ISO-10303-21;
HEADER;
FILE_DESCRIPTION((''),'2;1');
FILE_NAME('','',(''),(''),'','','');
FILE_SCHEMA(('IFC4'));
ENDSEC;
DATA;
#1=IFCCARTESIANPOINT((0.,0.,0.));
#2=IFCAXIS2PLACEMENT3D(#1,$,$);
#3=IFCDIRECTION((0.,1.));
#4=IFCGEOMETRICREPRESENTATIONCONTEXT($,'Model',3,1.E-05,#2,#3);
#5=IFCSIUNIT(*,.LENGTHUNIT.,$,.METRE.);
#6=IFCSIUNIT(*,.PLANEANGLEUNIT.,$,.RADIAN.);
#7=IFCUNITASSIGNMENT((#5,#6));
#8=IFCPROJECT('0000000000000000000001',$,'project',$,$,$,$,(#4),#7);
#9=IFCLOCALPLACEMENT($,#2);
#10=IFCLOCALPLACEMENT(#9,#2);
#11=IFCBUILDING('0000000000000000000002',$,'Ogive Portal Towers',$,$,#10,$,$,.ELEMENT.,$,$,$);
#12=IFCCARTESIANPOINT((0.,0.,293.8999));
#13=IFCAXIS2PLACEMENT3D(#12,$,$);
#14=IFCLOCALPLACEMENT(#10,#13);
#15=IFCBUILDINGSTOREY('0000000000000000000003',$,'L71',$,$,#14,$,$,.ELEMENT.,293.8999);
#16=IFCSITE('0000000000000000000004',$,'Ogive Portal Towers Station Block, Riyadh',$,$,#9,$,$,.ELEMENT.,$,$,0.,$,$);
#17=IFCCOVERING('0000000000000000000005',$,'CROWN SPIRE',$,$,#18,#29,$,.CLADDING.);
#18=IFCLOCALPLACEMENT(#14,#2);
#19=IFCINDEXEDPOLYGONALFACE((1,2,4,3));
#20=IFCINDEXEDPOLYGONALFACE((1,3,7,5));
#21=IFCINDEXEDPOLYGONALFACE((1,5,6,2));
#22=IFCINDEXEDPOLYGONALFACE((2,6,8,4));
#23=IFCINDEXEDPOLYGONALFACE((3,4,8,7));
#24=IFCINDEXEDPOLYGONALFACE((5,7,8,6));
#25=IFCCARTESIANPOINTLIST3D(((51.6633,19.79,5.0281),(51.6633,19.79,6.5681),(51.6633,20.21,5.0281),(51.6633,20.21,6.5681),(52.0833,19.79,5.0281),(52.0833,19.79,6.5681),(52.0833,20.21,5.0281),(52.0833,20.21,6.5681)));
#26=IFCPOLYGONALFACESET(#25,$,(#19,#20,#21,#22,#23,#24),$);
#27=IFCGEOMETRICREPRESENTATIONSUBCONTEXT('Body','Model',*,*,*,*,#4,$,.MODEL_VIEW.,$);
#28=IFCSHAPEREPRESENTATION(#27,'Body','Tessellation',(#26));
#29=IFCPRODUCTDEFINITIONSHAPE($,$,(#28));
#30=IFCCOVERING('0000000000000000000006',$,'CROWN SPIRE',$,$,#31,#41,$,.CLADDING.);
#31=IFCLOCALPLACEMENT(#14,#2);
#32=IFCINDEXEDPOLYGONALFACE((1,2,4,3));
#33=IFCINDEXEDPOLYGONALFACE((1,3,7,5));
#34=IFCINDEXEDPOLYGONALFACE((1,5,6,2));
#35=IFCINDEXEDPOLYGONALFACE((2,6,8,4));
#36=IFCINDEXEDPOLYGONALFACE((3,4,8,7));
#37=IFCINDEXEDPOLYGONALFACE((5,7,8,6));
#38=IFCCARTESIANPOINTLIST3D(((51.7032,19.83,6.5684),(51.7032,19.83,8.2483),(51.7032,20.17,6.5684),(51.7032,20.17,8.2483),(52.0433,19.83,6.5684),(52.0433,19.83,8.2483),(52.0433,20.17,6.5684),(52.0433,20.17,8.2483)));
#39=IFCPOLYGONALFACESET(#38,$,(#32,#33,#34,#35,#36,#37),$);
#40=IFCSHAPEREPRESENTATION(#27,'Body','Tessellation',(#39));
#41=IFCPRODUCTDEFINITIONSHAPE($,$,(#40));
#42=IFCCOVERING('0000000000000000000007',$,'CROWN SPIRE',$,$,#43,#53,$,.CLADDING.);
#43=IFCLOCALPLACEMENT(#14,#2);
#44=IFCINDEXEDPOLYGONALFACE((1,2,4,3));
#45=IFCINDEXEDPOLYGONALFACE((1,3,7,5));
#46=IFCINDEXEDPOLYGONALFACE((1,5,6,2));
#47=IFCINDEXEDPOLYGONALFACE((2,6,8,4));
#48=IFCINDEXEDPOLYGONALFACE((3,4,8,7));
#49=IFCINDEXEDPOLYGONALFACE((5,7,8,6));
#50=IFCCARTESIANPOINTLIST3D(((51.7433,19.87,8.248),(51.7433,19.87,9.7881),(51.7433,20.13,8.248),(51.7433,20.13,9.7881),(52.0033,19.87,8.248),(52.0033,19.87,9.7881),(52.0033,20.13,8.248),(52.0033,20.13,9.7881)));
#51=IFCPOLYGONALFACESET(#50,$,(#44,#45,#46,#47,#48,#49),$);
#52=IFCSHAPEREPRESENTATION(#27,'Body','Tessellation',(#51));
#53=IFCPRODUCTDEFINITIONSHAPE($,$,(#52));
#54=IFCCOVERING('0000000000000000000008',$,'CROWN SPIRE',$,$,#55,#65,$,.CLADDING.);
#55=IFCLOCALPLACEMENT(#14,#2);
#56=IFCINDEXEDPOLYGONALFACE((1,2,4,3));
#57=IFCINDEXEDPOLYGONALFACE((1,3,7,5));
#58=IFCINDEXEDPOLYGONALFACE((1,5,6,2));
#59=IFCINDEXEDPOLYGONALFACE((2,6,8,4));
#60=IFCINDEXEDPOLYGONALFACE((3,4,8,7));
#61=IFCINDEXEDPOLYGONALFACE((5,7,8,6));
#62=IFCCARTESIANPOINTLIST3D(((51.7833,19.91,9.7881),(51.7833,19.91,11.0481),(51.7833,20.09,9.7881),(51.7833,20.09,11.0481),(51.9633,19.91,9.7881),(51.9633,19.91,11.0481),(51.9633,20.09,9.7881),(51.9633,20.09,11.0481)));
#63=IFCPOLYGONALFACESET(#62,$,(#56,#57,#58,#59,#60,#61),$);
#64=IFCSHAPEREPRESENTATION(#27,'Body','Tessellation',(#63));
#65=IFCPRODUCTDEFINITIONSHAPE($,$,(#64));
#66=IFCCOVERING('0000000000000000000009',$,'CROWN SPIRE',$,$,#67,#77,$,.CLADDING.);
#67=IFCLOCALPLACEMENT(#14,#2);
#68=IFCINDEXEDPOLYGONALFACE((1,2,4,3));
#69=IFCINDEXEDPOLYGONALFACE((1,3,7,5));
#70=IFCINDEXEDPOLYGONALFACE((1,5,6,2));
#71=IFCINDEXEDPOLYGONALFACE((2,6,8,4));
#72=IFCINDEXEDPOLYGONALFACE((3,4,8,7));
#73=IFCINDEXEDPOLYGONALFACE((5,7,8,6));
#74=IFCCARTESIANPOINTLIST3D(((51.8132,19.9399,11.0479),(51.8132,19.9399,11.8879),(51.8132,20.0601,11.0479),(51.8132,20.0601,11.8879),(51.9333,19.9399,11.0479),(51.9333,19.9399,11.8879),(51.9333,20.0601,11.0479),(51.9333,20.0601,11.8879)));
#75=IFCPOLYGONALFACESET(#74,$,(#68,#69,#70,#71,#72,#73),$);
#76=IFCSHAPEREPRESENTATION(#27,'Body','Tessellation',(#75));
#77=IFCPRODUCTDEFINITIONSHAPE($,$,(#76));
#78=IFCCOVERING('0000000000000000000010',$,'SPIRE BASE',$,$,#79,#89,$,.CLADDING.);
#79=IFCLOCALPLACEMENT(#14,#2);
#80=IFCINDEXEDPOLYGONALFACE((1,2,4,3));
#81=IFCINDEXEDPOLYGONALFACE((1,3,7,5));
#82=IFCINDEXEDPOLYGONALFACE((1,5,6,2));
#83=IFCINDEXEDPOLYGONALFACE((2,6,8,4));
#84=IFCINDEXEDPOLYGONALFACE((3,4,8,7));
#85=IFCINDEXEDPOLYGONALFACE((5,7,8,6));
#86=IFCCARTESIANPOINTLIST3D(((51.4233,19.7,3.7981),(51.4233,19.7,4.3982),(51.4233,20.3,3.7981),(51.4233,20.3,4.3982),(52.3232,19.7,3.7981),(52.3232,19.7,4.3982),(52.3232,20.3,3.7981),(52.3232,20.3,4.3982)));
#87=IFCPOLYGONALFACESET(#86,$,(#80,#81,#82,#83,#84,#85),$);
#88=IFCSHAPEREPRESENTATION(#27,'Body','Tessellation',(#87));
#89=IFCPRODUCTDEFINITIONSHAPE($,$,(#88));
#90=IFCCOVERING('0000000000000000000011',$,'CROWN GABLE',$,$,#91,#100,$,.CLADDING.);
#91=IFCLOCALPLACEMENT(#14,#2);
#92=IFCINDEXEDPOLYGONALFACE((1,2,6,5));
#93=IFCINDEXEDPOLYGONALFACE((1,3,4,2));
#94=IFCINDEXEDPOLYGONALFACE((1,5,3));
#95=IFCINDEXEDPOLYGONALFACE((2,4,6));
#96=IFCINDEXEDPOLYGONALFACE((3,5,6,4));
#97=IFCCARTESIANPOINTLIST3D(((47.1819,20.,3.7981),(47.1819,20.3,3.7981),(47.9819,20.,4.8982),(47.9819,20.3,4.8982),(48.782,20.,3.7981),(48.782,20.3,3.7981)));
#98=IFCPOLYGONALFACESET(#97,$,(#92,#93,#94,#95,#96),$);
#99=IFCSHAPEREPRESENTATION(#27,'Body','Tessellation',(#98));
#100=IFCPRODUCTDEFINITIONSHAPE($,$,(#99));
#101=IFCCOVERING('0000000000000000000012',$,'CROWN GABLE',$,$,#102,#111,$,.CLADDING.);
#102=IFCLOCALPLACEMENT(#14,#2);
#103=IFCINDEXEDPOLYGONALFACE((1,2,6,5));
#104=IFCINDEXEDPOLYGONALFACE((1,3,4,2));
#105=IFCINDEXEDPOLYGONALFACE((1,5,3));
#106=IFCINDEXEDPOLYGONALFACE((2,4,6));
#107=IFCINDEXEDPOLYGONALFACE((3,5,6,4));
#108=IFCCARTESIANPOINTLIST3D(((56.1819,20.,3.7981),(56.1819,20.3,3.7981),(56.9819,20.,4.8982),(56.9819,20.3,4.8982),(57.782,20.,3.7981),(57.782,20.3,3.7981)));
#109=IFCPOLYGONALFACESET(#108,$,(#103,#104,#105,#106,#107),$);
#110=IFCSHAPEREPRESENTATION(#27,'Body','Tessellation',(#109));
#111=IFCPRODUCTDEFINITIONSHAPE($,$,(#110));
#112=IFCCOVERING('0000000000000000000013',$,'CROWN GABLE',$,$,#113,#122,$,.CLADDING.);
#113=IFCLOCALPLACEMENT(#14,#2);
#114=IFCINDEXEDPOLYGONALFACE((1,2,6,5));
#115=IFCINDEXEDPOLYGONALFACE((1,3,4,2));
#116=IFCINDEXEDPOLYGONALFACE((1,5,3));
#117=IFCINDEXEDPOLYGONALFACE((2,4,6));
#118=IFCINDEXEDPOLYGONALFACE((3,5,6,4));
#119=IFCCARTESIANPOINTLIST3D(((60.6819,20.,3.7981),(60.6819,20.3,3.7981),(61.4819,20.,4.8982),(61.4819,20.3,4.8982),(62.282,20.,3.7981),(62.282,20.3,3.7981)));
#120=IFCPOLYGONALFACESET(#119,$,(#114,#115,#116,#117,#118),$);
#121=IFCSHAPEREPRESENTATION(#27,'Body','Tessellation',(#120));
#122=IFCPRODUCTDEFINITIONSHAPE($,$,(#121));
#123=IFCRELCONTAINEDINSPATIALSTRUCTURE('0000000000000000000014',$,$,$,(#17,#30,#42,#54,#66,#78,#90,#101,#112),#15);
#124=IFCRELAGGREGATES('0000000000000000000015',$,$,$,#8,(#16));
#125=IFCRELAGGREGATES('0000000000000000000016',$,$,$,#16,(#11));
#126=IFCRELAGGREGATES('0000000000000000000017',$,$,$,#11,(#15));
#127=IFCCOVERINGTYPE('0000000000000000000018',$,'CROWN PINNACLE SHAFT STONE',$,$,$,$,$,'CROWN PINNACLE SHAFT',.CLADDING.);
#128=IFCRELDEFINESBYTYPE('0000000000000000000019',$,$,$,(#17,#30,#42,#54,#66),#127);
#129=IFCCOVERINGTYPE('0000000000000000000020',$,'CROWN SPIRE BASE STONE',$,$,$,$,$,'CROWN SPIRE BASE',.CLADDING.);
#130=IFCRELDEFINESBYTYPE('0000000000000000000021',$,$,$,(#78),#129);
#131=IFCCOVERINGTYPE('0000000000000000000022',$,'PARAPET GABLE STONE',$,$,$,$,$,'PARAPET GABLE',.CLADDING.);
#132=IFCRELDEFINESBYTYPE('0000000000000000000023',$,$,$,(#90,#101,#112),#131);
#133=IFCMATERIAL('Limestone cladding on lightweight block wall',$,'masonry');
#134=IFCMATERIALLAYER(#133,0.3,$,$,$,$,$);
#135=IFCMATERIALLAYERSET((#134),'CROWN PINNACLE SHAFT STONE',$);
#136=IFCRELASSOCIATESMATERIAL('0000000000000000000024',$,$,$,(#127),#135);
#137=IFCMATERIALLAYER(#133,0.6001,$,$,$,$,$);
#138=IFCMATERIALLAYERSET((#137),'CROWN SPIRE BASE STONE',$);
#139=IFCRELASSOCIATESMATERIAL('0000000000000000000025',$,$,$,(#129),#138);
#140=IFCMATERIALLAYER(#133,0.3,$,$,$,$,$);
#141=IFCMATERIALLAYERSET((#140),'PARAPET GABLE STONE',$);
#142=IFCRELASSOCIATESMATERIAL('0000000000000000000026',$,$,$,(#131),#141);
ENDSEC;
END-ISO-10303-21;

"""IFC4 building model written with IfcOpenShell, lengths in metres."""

from ifc_helpers import new_model, si_unit, direction, frame, origin, origin_2d, place, context, subcontext, project, spatial, polyline, rectangle, outline, extrude, material, layer, layer_set, type_object, element, save


model = new_model("IFC4")

# Units and contexts
model_context = context("Model", 3, precision=1e-05, world=origin(), true_north=direction((0.0, 1.0)))
body_context = subcontext(model_context, "Body", "Model", "MODEL_VIEW")
ifc_project = project(units=[si_unit("LENGTHUNIT", "METRE"), si_unit("PLANEANGLEUNIT", "RADIAN")], contexts=[model_context])

# Site, building, storey
site_placement = place(None, origin())
site = spatial("IfcSite", under=ifc_project, at=site_placement, Name="Ogive Portal Towers Station Block, Riyadh", CompositionType="ELEMENT", RefElevation=0.0)
building_placement = place(site_placement, origin())
building = spatial("IfcBuilding", under=site, at=building_placement, Name="Ogive Portal Towers", CompositionType="ELEMENT")
storey_placement = place(building_placement, frame((0.0, 0.0, 293.8999)))
storey = spatial("IfcBuildingStorey", under=building, at=storey_placement, Name="L71", CompositionType="ELEMENT", Elevation=293.8999)

# Shared definitions
ifc_material_1 = material(Name="Limestone cladding on lightweight block wall", Category="masonry")

# Coverings
ifc_layer_1 = layer(ifc_material_1, 0.3)
ifc_layer_set_1 = layer_set([ifc_layer_1], Name="CROWN PINNACLE SHAFT STONE")
covering_type_1 = type_object("IfcCoveringType", Name="CROWN PINNACLE SHAFT STONE", ElementType="CROWN PINNACLE SHAFT", PredefinedType="CLADDING", material=ifc_layer_set_1)
covering_1_placement = place(storey_placement, frame((51.8733, 20.0, 5.0281), z_axis=(0.0, 0.0, 1.0), x_axis=(1.0, 0.0, 0.0)))
element("IfcCovering", 1, at=covering_1_placement, inside=storey, type_object=covering_type_1, Name="CROWN SPIRE", PredefinedType="CLADDING", context=body_context, shape_type="SweptSolid", body=[
    extrude(rectangle(XDim=0.4199, YDim=0.4199, at=origin_2d()), origin(), (0.0, 0.0, 1.0), 1.54),
])
covering_2_placement = place(storey_placement, frame((51.8733, 20.0, 6.5684), z_axis=(0.0, 0.0, 1.0), x_axis=(1.0, 0.0, 0.0)))
element("IfcCovering", 2, at=covering_2_placement, inside=storey, type_object=covering_type_1, Name="CROWN SPIRE", PredefinedType="CLADDING", context=body_context, shape_type="SweptSolid", body=[
    extrude(rectangle(XDim=0.3401, YDim=0.3401, at=origin_2d()), origin(), (0.0, 0.0, 1.0), 1.6799),
])
covering_3_placement = place(storey_placement, frame((51.8733, 20.0, 8.248), z_axis=(0.0, 0.0, 1.0), x_axis=(1.0, 0.0, 0.0)))
element("IfcCovering", 3, at=covering_3_placement, inside=storey, type_object=covering_type_1, Name="CROWN SPIRE", PredefinedType="CLADDING", context=body_context, shape_type="SweptSolid", body=[
    extrude(rectangle(XDim=0.26, YDim=0.26, at=origin_2d()), origin(), (0.0, 0.0, 1.0), 1.54),
])
covering_4_placement = place(storey_placement, frame((51.8733, 20.0, 9.7881), z_axis=(0.0, 0.0, 1.0), x_axis=(1.0, 0.0, 0.0)))
element("IfcCovering", 4, at=covering_4_placement, inside=storey, type_object=covering_type_1, Name="CROWN SPIRE", PredefinedType="CLADDING", context=body_context, shape_type="SweptSolid", body=[
    extrude(rectangle(XDim=0.1799, YDim=0.1799, at=origin_2d()), origin(), (0.0, 0.0, 1.0), 1.26),
])
covering_5_placement = place(storey_placement, frame((51.8733, 20.0, 11.0479), z_axis=(0.0, 0.0, 1.0), x_axis=(1.0, 0.0, 0.0)))
element("IfcCovering", 5, at=covering_5_placement, inside=storey, type_object=covering_type_1, Name="CROWN SPIRE", PredefinedType="CLADDING", context=body_context, shape_type="SweptSolid", body=[
    extrude(rectangle(XDim=0.1201, YDim=0.1201, at=origin_2d()), origin(), (0.0, 0.0, 1.0), 0.8401),
])
ifc_layer_2 = layer(ifc_material_1, 0.6001)
ifc_layer_set_2 = layer_set([ifc_layer_2], Name="CROWN SPIRE BASE STONE")
covering_type_2 = type_object("IfcCoveringType", Name="CROWN SPIRE BASE STONE", ElementType="CROWN SPIRE BASE", PredefinedType="CLADDING", material=ifc_layer_set_2)
covering_6_placement = place(storey_placement, frame((51.8733, 20.0, 3.7981), z_axis=(0.0, 0.0, 1.0), x_axis=(1.0, 0.0, 0.0)))
element("IfcCovering", 6, at=covering_6_placement, inside=storey, type_object=covering_type_2, Name="SPIRE BASE", PredefinedType="CLADDING", context=body_context, shape_type="SweptSolid", body=[
    extrude(rectangle(XDim=0.8999, YDim=0.6001, at=origin_2d()), origin(), (0.0, 0.0, 1.0), 0.6001),
])
ifc_layer_3 = layer(ifc_material_1, 0.3)
ifc_layer_set_3 = layer_set([ifc_layer_3], Name="PARAPET GABLE STONE")
covering_type_3 = type_object("IfcCoveringType", Name="PARAPET GABLE STONE", ElementType="PARAPET GABLE", PredefinedType="CLADDING", material=ifc_layer_set_3)
for number, where, z_axis, x_axis, name in (
    (7, (47.1819, 20.0, 3.7981), (0.0, -1.0, 0.0), (1.0, 0.0, 0.0), "CROWN GABLE"),
    (8, (56.1819, 20.0, 3.7981), (0.0, -1.0, 0.0), (1.0, 0.0, 0.0), "CROWN GABLE"),
    (9, (60.6819, 20.0, 3.7981), (0.0, -1.0, 0.0), (1.0, 0.0, 0.0), "CROWN GABLE"),
):
    element("IfcCovering", number, at=place(storey_placement, frame(where, z_axis=z_axis, x_axis=x_axis)), inside=storey, type_object=covering_type_3, Name=name, PredefinedType="CLADDING", context=body_context, shape_type="SweptSolid", body=[
        extrude(outline(polyline([(0.0, 0.0), (1.6001, 0.0), (0.8, 1.1001), (0.0, 0.0)])), origin(), (0.0, 0.0, -1.0), 0.3),
    ])

save(model, "model.ifc")
